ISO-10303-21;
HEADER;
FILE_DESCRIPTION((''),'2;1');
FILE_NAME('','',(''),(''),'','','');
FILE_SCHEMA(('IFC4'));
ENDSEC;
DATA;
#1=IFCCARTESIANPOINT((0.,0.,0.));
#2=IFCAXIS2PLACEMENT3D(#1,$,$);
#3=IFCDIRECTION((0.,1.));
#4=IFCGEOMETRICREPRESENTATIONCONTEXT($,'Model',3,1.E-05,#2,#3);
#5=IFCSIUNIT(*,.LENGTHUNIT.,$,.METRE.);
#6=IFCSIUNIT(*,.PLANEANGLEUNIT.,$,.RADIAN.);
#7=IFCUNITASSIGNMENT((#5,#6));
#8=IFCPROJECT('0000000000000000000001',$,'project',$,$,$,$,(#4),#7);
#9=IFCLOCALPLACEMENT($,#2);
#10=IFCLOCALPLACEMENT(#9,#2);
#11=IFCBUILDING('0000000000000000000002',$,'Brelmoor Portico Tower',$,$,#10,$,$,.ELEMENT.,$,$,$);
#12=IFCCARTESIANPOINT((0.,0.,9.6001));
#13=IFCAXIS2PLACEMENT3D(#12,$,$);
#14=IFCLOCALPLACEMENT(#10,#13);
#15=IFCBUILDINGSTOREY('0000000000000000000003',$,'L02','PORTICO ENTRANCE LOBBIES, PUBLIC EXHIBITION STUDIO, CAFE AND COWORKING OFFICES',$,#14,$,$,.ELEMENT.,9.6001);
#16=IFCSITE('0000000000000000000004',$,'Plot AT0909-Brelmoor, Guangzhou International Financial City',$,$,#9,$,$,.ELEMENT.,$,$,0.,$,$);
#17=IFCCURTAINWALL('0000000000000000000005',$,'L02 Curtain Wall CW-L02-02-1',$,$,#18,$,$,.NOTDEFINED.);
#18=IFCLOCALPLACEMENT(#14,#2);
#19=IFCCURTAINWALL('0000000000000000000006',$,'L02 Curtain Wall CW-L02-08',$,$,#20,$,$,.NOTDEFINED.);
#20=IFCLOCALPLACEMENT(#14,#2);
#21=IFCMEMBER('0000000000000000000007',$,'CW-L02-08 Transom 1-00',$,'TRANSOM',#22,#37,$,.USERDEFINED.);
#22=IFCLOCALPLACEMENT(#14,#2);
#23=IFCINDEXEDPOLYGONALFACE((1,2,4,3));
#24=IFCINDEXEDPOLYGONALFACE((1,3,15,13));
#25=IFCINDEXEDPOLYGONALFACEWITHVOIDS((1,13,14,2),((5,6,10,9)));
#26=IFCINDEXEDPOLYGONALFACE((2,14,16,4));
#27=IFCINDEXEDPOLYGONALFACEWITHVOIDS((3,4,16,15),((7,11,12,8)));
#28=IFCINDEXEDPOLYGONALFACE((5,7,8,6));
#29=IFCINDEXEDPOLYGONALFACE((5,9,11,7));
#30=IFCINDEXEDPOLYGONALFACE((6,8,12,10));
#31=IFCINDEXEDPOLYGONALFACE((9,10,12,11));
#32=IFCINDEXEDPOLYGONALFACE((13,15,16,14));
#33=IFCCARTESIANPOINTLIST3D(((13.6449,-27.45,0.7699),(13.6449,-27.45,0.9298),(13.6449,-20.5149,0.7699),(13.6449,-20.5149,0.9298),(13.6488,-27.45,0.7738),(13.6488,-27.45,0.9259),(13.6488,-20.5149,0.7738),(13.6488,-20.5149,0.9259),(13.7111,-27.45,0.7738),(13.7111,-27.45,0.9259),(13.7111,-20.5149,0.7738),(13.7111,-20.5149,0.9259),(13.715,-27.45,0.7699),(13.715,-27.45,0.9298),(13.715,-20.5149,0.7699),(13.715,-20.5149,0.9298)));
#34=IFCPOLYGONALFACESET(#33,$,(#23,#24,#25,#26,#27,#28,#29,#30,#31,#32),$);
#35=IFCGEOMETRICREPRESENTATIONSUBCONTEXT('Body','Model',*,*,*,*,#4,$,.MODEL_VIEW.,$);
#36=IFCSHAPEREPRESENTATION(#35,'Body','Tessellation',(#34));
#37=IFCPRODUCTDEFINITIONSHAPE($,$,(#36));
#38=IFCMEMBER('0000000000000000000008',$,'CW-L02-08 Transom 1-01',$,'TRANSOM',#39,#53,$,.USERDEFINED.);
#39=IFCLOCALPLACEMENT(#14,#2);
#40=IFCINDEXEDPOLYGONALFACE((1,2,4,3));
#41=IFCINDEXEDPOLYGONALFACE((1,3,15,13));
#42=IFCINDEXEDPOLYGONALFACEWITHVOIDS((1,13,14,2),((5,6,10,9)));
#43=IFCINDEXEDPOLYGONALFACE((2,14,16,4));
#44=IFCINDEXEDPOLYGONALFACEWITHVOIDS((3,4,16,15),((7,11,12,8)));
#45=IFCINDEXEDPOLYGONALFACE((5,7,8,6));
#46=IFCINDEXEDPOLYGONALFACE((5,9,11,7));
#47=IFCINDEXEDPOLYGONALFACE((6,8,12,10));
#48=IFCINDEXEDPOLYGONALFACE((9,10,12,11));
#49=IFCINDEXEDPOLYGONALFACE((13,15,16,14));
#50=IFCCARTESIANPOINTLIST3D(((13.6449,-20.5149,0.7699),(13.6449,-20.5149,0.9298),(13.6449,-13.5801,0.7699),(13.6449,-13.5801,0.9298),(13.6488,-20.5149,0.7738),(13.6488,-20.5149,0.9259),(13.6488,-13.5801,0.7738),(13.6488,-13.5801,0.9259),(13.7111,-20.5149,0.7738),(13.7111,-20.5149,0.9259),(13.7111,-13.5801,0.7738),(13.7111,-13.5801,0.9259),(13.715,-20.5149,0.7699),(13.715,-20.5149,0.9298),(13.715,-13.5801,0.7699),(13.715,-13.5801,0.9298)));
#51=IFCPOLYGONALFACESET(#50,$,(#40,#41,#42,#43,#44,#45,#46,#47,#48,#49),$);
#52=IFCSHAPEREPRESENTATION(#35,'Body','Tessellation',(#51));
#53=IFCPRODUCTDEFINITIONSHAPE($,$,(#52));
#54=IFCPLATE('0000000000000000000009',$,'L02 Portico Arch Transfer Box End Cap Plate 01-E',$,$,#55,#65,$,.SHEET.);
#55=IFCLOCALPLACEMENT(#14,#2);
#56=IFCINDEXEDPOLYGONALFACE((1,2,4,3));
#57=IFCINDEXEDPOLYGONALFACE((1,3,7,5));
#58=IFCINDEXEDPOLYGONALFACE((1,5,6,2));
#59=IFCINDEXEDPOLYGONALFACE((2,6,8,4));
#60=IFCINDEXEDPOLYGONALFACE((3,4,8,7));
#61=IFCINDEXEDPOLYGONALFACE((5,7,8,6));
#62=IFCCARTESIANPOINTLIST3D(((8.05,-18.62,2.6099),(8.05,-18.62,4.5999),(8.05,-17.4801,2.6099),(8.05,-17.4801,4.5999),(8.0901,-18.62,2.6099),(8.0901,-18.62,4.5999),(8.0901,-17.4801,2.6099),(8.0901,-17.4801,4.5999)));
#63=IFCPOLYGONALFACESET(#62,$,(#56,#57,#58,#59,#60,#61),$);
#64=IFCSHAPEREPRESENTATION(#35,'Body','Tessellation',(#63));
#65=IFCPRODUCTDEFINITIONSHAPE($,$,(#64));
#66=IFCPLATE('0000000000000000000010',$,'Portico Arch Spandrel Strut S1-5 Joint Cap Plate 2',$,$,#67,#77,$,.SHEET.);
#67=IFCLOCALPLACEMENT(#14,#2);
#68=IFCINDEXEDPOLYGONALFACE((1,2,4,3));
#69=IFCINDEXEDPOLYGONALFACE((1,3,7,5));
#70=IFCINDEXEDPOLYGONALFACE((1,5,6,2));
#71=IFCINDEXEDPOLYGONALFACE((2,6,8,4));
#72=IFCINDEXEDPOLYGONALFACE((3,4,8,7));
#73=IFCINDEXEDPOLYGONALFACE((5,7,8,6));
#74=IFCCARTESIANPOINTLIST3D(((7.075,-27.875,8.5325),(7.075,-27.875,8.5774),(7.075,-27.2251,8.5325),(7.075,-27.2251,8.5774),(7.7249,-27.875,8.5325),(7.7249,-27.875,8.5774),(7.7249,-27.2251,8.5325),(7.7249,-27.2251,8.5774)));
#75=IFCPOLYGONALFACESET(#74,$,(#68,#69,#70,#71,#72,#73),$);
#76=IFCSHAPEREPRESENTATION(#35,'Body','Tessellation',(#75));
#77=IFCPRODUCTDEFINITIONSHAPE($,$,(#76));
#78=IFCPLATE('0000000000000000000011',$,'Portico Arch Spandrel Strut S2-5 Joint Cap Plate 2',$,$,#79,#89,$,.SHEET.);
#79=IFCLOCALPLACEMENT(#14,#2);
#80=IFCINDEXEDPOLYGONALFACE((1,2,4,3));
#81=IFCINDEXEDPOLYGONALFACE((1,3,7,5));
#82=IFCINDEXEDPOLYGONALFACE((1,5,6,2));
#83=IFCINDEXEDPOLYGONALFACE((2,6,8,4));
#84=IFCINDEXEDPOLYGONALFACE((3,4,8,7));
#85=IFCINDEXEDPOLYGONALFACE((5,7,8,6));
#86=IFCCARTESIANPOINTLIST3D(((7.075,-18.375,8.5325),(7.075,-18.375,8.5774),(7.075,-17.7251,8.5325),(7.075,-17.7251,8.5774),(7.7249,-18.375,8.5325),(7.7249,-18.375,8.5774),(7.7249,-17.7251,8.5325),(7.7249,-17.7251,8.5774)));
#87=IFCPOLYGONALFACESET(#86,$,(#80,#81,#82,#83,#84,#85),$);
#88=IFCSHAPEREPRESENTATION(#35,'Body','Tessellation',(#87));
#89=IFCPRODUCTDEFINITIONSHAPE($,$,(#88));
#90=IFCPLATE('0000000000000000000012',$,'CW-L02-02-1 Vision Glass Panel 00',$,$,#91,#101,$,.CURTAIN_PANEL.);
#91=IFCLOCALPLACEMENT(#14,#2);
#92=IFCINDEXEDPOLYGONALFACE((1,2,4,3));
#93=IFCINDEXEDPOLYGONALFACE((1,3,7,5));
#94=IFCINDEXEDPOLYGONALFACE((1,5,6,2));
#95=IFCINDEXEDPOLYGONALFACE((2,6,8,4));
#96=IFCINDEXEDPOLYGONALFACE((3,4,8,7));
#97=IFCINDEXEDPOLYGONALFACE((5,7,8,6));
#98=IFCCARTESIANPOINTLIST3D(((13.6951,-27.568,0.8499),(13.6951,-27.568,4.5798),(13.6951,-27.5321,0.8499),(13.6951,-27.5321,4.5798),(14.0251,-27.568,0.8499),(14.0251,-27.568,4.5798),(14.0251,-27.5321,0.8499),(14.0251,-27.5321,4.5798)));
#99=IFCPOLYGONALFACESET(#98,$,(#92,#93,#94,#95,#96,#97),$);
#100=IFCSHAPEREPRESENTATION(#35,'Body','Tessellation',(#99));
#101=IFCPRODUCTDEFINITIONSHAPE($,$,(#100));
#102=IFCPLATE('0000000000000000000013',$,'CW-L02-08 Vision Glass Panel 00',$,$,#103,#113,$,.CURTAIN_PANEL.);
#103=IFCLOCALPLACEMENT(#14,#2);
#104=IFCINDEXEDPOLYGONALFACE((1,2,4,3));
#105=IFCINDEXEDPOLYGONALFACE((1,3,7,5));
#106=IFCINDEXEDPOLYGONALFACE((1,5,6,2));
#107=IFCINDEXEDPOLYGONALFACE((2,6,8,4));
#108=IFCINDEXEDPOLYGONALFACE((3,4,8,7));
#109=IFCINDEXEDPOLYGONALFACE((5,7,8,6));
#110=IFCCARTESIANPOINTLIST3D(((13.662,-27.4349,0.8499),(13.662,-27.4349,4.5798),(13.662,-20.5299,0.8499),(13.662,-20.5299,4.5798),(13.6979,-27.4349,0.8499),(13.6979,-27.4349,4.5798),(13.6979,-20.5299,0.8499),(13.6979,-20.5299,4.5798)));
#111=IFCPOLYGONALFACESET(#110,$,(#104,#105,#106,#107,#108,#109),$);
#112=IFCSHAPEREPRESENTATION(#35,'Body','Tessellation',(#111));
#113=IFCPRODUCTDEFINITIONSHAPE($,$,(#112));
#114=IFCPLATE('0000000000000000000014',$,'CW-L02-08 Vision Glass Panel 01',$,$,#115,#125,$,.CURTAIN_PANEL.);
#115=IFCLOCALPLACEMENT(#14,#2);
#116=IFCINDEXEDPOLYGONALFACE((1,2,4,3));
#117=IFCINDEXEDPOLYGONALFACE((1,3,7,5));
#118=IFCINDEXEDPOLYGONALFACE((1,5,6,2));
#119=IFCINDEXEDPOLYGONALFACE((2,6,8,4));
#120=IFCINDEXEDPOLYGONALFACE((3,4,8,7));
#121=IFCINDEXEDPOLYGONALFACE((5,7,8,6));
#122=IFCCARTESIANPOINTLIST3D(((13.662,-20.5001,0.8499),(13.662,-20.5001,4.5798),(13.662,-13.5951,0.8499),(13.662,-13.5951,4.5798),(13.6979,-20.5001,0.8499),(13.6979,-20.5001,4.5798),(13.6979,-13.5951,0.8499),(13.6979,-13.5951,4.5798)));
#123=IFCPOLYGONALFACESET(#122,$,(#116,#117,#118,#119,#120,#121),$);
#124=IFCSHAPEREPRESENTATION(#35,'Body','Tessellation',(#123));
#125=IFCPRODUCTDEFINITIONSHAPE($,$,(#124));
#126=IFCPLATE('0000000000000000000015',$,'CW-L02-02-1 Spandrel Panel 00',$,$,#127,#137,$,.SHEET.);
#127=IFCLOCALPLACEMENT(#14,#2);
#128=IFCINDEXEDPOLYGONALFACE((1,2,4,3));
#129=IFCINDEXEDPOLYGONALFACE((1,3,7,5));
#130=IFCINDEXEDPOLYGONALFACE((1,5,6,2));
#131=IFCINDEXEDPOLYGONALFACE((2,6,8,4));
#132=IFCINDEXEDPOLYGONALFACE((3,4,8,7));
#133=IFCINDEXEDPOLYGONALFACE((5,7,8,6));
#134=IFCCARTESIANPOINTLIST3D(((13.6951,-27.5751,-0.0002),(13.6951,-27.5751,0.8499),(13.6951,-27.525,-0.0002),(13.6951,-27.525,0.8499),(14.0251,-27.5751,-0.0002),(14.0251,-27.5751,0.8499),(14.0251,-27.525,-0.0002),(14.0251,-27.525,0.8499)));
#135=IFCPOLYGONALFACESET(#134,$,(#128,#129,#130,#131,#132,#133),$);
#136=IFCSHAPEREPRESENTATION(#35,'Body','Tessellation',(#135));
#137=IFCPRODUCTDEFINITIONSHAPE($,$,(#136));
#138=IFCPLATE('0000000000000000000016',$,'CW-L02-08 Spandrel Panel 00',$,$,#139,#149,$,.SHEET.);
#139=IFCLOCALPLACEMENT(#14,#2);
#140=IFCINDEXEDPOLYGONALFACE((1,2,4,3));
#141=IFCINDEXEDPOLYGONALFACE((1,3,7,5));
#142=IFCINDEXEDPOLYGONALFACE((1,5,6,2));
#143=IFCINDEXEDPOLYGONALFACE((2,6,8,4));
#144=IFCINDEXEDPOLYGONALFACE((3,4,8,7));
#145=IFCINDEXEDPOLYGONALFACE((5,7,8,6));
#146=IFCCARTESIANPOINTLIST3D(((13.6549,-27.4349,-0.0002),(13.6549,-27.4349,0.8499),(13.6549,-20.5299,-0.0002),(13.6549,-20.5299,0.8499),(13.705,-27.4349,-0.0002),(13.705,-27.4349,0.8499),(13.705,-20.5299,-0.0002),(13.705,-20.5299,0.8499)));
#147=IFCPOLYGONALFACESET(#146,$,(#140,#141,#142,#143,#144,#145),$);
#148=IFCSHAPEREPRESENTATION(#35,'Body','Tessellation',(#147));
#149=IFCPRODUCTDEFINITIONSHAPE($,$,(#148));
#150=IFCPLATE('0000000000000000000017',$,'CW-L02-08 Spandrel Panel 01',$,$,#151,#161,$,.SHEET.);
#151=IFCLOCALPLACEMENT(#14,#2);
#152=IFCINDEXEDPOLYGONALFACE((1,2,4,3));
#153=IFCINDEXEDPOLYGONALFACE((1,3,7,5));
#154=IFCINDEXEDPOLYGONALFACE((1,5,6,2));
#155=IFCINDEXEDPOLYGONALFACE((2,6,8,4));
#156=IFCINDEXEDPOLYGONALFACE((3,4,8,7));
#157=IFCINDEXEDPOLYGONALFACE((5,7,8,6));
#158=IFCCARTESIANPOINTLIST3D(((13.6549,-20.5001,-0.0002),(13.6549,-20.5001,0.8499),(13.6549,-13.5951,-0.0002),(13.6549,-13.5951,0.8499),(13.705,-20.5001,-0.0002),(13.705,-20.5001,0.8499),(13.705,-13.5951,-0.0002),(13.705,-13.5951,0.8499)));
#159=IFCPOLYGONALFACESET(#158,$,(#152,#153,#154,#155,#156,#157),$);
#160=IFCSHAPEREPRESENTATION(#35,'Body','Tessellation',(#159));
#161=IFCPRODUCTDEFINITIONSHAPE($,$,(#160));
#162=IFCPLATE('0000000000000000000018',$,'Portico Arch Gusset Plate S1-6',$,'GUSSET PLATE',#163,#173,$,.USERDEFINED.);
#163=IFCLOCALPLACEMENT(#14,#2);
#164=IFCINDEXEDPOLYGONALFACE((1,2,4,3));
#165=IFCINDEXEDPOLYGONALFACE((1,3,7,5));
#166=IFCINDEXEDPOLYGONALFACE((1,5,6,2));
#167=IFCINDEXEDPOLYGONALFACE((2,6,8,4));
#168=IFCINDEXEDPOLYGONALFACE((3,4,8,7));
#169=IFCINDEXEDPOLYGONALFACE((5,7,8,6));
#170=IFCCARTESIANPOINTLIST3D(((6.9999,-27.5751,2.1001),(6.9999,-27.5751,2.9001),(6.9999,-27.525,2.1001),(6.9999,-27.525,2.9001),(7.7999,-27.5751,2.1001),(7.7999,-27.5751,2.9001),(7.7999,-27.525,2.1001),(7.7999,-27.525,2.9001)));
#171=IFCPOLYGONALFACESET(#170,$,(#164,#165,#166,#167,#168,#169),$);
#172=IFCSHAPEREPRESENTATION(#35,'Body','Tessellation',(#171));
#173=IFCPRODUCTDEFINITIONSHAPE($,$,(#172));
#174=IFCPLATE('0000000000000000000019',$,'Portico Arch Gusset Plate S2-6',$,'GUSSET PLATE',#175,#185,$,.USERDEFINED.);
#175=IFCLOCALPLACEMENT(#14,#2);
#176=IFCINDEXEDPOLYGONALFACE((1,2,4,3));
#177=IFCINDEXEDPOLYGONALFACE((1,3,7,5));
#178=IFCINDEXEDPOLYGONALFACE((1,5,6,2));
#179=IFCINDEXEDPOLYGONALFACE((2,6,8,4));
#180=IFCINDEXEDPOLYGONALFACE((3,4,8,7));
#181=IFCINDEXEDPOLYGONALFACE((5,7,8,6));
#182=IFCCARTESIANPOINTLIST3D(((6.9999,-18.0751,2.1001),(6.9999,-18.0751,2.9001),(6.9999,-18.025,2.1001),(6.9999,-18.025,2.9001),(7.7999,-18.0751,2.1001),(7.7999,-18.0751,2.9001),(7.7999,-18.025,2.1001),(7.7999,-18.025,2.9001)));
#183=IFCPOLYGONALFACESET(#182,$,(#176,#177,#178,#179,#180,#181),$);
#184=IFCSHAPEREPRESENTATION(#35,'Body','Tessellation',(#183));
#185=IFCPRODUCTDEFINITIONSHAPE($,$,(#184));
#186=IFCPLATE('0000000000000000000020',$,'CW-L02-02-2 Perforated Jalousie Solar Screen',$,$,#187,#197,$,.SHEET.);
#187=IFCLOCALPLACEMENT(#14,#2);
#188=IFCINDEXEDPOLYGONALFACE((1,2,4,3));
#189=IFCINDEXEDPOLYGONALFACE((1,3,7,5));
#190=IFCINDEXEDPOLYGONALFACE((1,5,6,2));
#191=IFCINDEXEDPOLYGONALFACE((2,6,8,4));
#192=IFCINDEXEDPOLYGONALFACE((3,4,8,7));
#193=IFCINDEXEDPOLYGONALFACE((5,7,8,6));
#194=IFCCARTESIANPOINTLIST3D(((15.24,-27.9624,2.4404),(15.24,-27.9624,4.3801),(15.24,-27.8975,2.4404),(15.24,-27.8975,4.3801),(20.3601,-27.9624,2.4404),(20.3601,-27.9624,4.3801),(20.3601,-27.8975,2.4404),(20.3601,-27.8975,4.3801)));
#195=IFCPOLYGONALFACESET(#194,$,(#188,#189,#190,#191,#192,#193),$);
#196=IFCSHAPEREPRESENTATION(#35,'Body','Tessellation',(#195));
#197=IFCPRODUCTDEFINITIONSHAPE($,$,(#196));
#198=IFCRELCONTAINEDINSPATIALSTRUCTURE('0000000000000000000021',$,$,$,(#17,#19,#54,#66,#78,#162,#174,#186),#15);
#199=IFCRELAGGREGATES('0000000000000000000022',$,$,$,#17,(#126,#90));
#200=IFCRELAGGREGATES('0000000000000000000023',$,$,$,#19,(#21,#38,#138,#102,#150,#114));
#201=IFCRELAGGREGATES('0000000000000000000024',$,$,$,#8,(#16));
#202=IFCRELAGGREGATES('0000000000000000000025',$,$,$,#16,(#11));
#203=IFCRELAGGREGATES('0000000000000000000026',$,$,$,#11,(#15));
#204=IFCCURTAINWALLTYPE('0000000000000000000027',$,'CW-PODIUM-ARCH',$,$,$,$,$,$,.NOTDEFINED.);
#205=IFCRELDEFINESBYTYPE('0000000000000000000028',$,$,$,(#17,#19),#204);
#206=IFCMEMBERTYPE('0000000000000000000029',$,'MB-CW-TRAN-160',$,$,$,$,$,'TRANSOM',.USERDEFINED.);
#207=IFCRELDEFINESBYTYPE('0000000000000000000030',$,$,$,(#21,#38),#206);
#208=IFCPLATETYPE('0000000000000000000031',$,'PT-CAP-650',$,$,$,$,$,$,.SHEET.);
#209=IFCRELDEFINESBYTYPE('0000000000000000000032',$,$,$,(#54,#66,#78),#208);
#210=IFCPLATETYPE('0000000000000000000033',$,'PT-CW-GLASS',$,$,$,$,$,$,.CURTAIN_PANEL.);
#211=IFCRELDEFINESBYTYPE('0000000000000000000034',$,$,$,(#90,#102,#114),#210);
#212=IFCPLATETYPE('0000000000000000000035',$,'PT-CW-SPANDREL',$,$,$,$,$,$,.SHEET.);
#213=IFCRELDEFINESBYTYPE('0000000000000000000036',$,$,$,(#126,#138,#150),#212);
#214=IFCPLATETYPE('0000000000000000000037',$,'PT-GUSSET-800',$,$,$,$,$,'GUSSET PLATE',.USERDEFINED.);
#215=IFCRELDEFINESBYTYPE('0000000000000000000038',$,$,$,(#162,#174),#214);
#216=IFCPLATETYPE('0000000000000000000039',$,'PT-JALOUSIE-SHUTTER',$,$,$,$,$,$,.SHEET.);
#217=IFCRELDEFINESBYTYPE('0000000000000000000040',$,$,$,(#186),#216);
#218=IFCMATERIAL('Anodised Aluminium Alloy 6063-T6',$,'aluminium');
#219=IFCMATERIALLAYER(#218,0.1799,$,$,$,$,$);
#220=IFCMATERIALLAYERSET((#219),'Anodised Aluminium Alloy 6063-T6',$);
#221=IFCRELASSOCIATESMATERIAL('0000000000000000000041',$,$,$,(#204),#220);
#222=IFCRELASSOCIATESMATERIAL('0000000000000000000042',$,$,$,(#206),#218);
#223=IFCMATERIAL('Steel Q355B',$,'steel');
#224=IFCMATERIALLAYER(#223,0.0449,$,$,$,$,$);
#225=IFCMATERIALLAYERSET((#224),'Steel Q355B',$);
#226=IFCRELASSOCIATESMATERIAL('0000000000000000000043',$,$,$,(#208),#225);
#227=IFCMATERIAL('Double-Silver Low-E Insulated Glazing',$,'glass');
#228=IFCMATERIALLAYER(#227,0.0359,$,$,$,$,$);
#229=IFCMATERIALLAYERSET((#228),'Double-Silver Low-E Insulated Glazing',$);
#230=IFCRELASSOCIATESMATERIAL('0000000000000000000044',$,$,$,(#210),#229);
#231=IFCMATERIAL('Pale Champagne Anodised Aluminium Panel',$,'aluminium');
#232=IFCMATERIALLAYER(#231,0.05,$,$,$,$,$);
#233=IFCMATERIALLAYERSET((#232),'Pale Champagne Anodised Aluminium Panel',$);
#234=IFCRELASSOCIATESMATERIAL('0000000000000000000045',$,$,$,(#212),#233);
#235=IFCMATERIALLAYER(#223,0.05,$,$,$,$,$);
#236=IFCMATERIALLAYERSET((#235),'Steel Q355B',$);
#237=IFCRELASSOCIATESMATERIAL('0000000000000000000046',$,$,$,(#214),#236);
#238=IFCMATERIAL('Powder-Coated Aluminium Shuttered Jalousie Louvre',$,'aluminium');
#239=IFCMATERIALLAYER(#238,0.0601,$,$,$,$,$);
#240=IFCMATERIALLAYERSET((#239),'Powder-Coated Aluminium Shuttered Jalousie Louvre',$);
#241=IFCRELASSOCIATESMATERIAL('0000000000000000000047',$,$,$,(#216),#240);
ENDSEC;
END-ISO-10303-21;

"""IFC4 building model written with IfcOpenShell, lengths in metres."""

from ifc_helpers import new_model, si_unit, direction, frame, origin, origin_2d, place, context, subcontext, project, spatial, rectangle, hollow_rectangle, extrude, material, layer, layer_set, material_profile, profile_set, type_object, element, aggregate, save


model = new_model("IFC4")

# Units and contexts
model_context = context("Model", 3, precision=1e-05, world=origin(), true_north=direction((0.0, 1.0)))
body_context = subcontext(model_context, "Body", "Model", "MODEL_VIEW")
ifc_project = project(units=[si_unit("LENGTHUNIT", "METRE"), si_unit("PLANEANGLEUNIT", "RADIAN")], contexts=[model_context])

# Site, building, storey
site_placement = place(None, origin())
site = spatial("IfcSite", under=ifc_project, at=site_placement, Name="Plot AT0909-Brelmoor, Guangzhou International Financial City", CompositionType="ELEMENT", RefElevation=0.0)
building_placement = place(site_placement, origin())
building = spatial("IfcBuilding", under=site, at=building_placement, Name="Brelmoor Portico Tower", CompositionType="ELEMENT")
storey_placement = place(building_placement, frame((0.0, 0.0, 9.6001)))
storey = spatial("IfcBuildingStorey", under=building, at=storey_placement, Name="L02", Description="PORTICO ENTRANCE LOBBIES, PUBLIC EXHIBITION STUDIO, CAFE AND COWORKING OFFICES", CompositionType="ELEMENT", Elevation=9.6001)

# Shared definitions
ifc_material_1 = material(Name="Steel Q355B", Category="steel")

# Curtain wall
ifc_material_2 = material(Name="Anodised Aluminium Alloy 6063-T6", Category="aluminium")
ifc_layer_1 = layer(ifc_material_2, 0.1799)
ifc_layer_set_1 = layer_set([ifc_layer_1], Name="Anodised Aluminium Alloy 6063-T6")
curtain_wall_type = type_object("IfcCurtainWallType", Name="CW-PODIUM-ARCH", PredefinedType="NOTDEFINED", material=ifc_layer_set_1)
curtain_wall_1_placement = place(storey_placement, origin())
curtain_wall_1 = element("IfcCurtainWall", 1, at=curtain_wall_1_placement, inside=storey, type_object=curtain_wall_type, Name="L02 Curtain Wall CW-L02-02-1", PredefinedType="NOTDEFINED")

# Curtain wall
curtain_wall_2_placement = place(storey_placement, origin())
curtain_wall_2 = element("IfcCurtainWall", 2, at=curtain_wall_2_placement, inside=storey, type_object=curtain_wall_type, Name="L02 Curtain Wall CW-L02-08", PredefinedType="NOTDEFINED")

# Members
ifc_material_profile_1 = material_profile(ifc_material_2, hollow_rectangle(XDim=0.0701, YDim=0.1599, WallThickness=0.0039, at=origin_2d()), Name="ALU TRANSOM 70x160")
ifc_profile_set_1 = profile_set([ifc_material_profile_1], Name="Anodised Aluminium Alloy 6063-T6")
member_type_1 = type_object("IfcMemberType", Name="MB-CW-TRAN-160", ElementType="TRANSOM", PredefinedType="USERDEFINED", material=ifc_profile_set_1)
member_1_placement = place(storey_placement, frame((13.6799, -27.45, 0.8499), z_axis=(0.0, 1.0, 0.0), x_axis=(-1.0, 0.0, 0.0)))
member_1 = element("IfcMember", 3, at=member_1_placement, type_object=member_type_1, Name="CW-L02-08 Transom 1-00", ObjectType="TRANSOM", PredefinedType="USERDEFINED", context=body_context, shape_type="SweptSolid", body=[
    extrude(hollow_rectangle(XDim=0.0701, YDim=0.1599, WallThickness=0.0039, at=origin_2d()), origin(), (0.0, 0.0, 1.0), 6.9351),
])
member_2_placement = place(storey_placement, frame((13.6799, -20.5149, 0.8499), z_axis=(0.0, 1.0, 0.0), x_axis=(-1.0, 0.0, 0.0)))
member_2 = element("IfcMember", 4, at=member_2_placement, type_object=member_type_1, Name="CW-L02-08 Transom 1-01", ObjectType="TRANSOM", PredefinedType="USERDEFINED", context=body_context, shape_type="SweptSolid", body=[
    extrude(hollow_rectangle(XDim=0.0701, YDim=0.1599, WallThickness=0.0039, at=origin_2d()), origin(), (0.0, 0.0, 1.0), 6.9348),
])

# Plates
ifc_layer_2 = layer(ifc_material_1, 0.0449)
ifc_layer_set_2 = layer_set([ifc_layer_2], Name="Steel Q355B")
plate_type_1 = type_object("IfcPlateType", Name="PT-CAP-650", PredefinedType="SHEET", material=ifc_layer_set_2)
plate_1_placement = place(storey_placement, frame((8.0701, -18.05, 2.6099), z_axis=(0.0, 0.0, 1.0), x_axis=(1.0, 0.0, 0.0)))
element("IfcPlate", 5, at=plate_1_placement, inside=storey, type_object=plate_type_1, Name="L02 Portico Arch Transfer Box End Cap Plate 01-E", PredefinedType="SHEET", context=body_context, shape_type="SweptSolid", body=[
    extrude(rectangle(XDim=0.04, YDim=1.1399, at=origin_2d()), origin(), (0.0, 0.0, 1.0), 1.99),
])
for number, where, z_axis, x_axis, name in (
    (6, (7.3999, -27.55, 8.5325), (0.0, 0.0, 1.0), (1.0, 0.0, 0.0), "Portico Arch Spandrel Strut S1-5 Joint Cap Plate 2"),
    (7, (7.3999, -18.05, 8.5325), (0.0, 0.0, 1.0), (1.0, 0.0, 0.0), "Portico Arch Spandrel Strut S2-5 Joint Cap Plate 2"),
):
    element("IfcPlate", number, at=place(storey_placement, frame(where, z_axis=z_axis, x_axis=x_axis)), inside=storey, type_object=plate_type_1, Name=name, PredefinedType="SHEET", context=body_context, shape_type="SweptSolid", body=[
        extrude(rectangle(XDim=0.6499, YDim=0.6499, at=origin_2d()), origin(), (0.0, 0.0, 1.0), 0.0449),
    ])

# Plates
ifc_material_3 = material(Name="Double-Silver Low-E Insulated Glazing", Category="glass")
ifc_layer_3 = layer(ifc_material_3, 0.0359)
ifc_layer_set_3 = layer_set([ifc_layer_3], Name="Double-Silver Low-E Insulated Glazing")
plate_type_2 = type_object("IfcPlateType", Name="PT-CW-GLASS", PredefinedType="CURTAIN_PANEL", material=ifc_layer_set_3)
plate_2_placement = place(storey_placement, frame((13.8601, -27.55, 0.8499), z_axis=(0.0, 0.0, 1.0), x_axis=(1.0, 0.0, 0.0)))
plate_2 = element("IfcPlate", 8, at=plate_2_placement, type_object=plate_type_2, Name="CW-L02-02-1 Vision Glass Panel 00", PredefinedType="CURTAIN_PANEL", context=body_context, shape_type="SweptSolid", body=[
    extrude(rectangle(XDim=0.3301, YDim=0.0359, at=origin_2d()), origin(), (0.0, 0.0, 1.0), 3.73),
])
plate_3_placement = place(storey_placement, frame((13.6799, -23.9824, 0.8499), z_axis=(0.0, 0.0, 1.0), x_axis=(0.0, 1.0, 0.0)))
plate_3 = element("IfcPlate", 9, at=plate_3_placement, type_object=plate_type_2, Name="CW-L02-08 Vision Glass Panel 00", PredefinedType="CURTAIN_PANEL", context=body_context, shape_type="SweptSolid", body=[
    extrude(rectangle(XDim=6.905, YDim=0.0359, at=origin_2d()), origin(), (0.0, 0.0, 1.0), 3.73),
])
plate_4_placement = place(storey_placement, frame((13.6799, -17.0476, 0.8499), z_axis=(0.0, 0.0, 1.0), x_axis=(0.0, 1.0, 0.0)))
plate_4 = element("IfcPlate", 10, at=plate_4_placement, type_object=plate_type_2, Name="CW-L02-08 Vision Glass Panel 01", PredefinedType="CURTAIN_PANEL", context=body_context, shape_type="SweptSolid", body=[
    extrude(rectangle(XDim=6.905, YDim=0.0359, at=origin_2d()), origin(), (0.0, 0.0, 1.0), 3.73),
])
ifc_material_4 = material(Name="Pale Champagne Anodised Aluminium Panel", Category="aluminium")
ifc_layer_4 = layer(ifc_material_4, 0.05)
ifc_layer_set_4 = layer_set([ifc_layer_4], Name="Pale Champagne Anodised Aluminium Panel")
plate_type_3 = type_object("IfcPlateType", Name="PT-CW-SPANDREL", PredefinedType="SHEET", material=ifc_layer_set_4)
plate_5_placement = place(storey_placement, frame((13.8601, -27.55, -0.0002), z_axis=(0.0, 0.0, 1.0), x_axis=(1.0, 0.0, 0.0)))
plate_5 = element("IfcPlate", 11, at=plate_5_placement, type_object=plate_type_3, Name="CW-L02-02-1 Spandrel Panel 00", PredefinedType="SHEET", context=body_context, shape_type="SweptSolid", body=[
    extrude(rectangle(XDim=0.3301, YDim=0.05, at=origin_2d()), origin(), (0.0, 0.0, 1.0), 0.8501),
])
aggregate(curtain_wall_1, [plate_5, plate_2])
plate_6_placement = place(storey_placement, frame((13.6799, -23.9824, -0.0002), z_axis=(0.0, 0.0, 1.0), x_axis=(0.0, 1.0, 0.0)))
plate_6 = element("IfcPlate", 12, at=plate_6_placement, type_object=plate_type_3, Name="CW-L02-08 Spandrel Panel 00", PredefinedType="SHEET", context=body_context, shape_type="SweptSolid", body=[
    extrude(rectangle(XDim=6.905, YDim=0.05, at=origin_2d()), origin(), (0.0, 0.0, 1.0), 0.8501),
])
plate_7_placement = place(storey_placement, frame((13.6799, -17.0476, -0.0002), z_axis=(0.0, 0.0, 1.0), x_axis=(0.0, 1.0, 0.0)))
plate_7 = element("IfcPlate", 13, at=plate_7_placement, type_object=plate_type_3, Name="CW-L02-08 Spandrel Panel 01", PredefinedType="SHEET", context=body_context, shape_type="SweptSolid", body=[
    extrude(rectangle(XDim=6.905, YDim=0.05, at=origin_2d()), origin(), (0.0, 0.0, 1.0), 0.8501),
])
aggregate(curtain_wall_2, [member_1, member_2, plate_6, plate_3, plate_7, plate_4])

# Plates
ifc_layer_5 = layer(ifc_material_1, 0.05)
ifc_layer_set_5 = layer_set([ifc_layer_5], Name="Steel Q355B")
plate_type_4 = type_object("IfcPlateType", Name="PT-GUSSET-800", ElementType="GUSSET PLATE", PredefinedType="USERDEFINED", material=ifc_layer_set_5)
for number, where, z_axis, x_axis, name in (
    (14, (7.3999, -27.55, 2.1001), (0.0, 0.0, 1.0), (1.0, 0.0, 0.0), "Portico Arch Gusset Plate S1-6"),
    (15, (7.3999, -18.05, 2.1001), (0.0, 0.0, 1.0), (1.0, 0.0, 0.0), "Portico Arch Gusset Plate S2-6"),
):
    element("IfcPlate", number, at=place(storey_placement, frame(where, z_axis=z_axis, x_axis=x_axis)), inside=storey, type_object=plate_type_4, Name=name, ObjectType="GUSSET PLATE", PredefinedType="USERDEFINED", context=body_context, shape_type="SweptSolid", body=[
        extrude(rectangle(XDim=0.8, YDim=0.05, at=origin_2d()), origin(), (0.0, 0.0, 1.0), 0.8),
    ])
ifc_material_5 = material(Name="Powder-Coated Aluminium Shuttered Jalousie Louvre", Category="aluminium")
ifc_layer_6 = layer(ifc_material_5, 0.0601)
ifc_layer_set_6 = layer_set([ifc_layer_6], Name="Powder-Coated Aluminium Shuttered Jalousie Louvre")
plate_type_5 = type_object("IfcPlateType", Name="PT-JALOUSIE-SHUTTER", PredefinedType="SHEET", material=ifc_layer_set_6)
plate_8_placement = place(storey_placement, frame((17.8, -27.9299, 2.4404), z_axis=(0.0, 0.0, 1.0), x_axis=(1.0, 0.0, 0.0)))
element("IfcPlate", 16, at=plate_8_placement, inside=storey, type_object=plate_type_5, Name="CW-L02-02-2 Perforated Jalousie Solar Screen", PredefinedType="SHEET", context=body_context, shape_type="SweptSolid", body=[
    extrude(rectangle(XDim=5.1201, YDim=0.0649, at=origin_2d()), origin(), (0.0, 0.0, 1.0), 1.9397),
])

save(model, "model.ifc")
